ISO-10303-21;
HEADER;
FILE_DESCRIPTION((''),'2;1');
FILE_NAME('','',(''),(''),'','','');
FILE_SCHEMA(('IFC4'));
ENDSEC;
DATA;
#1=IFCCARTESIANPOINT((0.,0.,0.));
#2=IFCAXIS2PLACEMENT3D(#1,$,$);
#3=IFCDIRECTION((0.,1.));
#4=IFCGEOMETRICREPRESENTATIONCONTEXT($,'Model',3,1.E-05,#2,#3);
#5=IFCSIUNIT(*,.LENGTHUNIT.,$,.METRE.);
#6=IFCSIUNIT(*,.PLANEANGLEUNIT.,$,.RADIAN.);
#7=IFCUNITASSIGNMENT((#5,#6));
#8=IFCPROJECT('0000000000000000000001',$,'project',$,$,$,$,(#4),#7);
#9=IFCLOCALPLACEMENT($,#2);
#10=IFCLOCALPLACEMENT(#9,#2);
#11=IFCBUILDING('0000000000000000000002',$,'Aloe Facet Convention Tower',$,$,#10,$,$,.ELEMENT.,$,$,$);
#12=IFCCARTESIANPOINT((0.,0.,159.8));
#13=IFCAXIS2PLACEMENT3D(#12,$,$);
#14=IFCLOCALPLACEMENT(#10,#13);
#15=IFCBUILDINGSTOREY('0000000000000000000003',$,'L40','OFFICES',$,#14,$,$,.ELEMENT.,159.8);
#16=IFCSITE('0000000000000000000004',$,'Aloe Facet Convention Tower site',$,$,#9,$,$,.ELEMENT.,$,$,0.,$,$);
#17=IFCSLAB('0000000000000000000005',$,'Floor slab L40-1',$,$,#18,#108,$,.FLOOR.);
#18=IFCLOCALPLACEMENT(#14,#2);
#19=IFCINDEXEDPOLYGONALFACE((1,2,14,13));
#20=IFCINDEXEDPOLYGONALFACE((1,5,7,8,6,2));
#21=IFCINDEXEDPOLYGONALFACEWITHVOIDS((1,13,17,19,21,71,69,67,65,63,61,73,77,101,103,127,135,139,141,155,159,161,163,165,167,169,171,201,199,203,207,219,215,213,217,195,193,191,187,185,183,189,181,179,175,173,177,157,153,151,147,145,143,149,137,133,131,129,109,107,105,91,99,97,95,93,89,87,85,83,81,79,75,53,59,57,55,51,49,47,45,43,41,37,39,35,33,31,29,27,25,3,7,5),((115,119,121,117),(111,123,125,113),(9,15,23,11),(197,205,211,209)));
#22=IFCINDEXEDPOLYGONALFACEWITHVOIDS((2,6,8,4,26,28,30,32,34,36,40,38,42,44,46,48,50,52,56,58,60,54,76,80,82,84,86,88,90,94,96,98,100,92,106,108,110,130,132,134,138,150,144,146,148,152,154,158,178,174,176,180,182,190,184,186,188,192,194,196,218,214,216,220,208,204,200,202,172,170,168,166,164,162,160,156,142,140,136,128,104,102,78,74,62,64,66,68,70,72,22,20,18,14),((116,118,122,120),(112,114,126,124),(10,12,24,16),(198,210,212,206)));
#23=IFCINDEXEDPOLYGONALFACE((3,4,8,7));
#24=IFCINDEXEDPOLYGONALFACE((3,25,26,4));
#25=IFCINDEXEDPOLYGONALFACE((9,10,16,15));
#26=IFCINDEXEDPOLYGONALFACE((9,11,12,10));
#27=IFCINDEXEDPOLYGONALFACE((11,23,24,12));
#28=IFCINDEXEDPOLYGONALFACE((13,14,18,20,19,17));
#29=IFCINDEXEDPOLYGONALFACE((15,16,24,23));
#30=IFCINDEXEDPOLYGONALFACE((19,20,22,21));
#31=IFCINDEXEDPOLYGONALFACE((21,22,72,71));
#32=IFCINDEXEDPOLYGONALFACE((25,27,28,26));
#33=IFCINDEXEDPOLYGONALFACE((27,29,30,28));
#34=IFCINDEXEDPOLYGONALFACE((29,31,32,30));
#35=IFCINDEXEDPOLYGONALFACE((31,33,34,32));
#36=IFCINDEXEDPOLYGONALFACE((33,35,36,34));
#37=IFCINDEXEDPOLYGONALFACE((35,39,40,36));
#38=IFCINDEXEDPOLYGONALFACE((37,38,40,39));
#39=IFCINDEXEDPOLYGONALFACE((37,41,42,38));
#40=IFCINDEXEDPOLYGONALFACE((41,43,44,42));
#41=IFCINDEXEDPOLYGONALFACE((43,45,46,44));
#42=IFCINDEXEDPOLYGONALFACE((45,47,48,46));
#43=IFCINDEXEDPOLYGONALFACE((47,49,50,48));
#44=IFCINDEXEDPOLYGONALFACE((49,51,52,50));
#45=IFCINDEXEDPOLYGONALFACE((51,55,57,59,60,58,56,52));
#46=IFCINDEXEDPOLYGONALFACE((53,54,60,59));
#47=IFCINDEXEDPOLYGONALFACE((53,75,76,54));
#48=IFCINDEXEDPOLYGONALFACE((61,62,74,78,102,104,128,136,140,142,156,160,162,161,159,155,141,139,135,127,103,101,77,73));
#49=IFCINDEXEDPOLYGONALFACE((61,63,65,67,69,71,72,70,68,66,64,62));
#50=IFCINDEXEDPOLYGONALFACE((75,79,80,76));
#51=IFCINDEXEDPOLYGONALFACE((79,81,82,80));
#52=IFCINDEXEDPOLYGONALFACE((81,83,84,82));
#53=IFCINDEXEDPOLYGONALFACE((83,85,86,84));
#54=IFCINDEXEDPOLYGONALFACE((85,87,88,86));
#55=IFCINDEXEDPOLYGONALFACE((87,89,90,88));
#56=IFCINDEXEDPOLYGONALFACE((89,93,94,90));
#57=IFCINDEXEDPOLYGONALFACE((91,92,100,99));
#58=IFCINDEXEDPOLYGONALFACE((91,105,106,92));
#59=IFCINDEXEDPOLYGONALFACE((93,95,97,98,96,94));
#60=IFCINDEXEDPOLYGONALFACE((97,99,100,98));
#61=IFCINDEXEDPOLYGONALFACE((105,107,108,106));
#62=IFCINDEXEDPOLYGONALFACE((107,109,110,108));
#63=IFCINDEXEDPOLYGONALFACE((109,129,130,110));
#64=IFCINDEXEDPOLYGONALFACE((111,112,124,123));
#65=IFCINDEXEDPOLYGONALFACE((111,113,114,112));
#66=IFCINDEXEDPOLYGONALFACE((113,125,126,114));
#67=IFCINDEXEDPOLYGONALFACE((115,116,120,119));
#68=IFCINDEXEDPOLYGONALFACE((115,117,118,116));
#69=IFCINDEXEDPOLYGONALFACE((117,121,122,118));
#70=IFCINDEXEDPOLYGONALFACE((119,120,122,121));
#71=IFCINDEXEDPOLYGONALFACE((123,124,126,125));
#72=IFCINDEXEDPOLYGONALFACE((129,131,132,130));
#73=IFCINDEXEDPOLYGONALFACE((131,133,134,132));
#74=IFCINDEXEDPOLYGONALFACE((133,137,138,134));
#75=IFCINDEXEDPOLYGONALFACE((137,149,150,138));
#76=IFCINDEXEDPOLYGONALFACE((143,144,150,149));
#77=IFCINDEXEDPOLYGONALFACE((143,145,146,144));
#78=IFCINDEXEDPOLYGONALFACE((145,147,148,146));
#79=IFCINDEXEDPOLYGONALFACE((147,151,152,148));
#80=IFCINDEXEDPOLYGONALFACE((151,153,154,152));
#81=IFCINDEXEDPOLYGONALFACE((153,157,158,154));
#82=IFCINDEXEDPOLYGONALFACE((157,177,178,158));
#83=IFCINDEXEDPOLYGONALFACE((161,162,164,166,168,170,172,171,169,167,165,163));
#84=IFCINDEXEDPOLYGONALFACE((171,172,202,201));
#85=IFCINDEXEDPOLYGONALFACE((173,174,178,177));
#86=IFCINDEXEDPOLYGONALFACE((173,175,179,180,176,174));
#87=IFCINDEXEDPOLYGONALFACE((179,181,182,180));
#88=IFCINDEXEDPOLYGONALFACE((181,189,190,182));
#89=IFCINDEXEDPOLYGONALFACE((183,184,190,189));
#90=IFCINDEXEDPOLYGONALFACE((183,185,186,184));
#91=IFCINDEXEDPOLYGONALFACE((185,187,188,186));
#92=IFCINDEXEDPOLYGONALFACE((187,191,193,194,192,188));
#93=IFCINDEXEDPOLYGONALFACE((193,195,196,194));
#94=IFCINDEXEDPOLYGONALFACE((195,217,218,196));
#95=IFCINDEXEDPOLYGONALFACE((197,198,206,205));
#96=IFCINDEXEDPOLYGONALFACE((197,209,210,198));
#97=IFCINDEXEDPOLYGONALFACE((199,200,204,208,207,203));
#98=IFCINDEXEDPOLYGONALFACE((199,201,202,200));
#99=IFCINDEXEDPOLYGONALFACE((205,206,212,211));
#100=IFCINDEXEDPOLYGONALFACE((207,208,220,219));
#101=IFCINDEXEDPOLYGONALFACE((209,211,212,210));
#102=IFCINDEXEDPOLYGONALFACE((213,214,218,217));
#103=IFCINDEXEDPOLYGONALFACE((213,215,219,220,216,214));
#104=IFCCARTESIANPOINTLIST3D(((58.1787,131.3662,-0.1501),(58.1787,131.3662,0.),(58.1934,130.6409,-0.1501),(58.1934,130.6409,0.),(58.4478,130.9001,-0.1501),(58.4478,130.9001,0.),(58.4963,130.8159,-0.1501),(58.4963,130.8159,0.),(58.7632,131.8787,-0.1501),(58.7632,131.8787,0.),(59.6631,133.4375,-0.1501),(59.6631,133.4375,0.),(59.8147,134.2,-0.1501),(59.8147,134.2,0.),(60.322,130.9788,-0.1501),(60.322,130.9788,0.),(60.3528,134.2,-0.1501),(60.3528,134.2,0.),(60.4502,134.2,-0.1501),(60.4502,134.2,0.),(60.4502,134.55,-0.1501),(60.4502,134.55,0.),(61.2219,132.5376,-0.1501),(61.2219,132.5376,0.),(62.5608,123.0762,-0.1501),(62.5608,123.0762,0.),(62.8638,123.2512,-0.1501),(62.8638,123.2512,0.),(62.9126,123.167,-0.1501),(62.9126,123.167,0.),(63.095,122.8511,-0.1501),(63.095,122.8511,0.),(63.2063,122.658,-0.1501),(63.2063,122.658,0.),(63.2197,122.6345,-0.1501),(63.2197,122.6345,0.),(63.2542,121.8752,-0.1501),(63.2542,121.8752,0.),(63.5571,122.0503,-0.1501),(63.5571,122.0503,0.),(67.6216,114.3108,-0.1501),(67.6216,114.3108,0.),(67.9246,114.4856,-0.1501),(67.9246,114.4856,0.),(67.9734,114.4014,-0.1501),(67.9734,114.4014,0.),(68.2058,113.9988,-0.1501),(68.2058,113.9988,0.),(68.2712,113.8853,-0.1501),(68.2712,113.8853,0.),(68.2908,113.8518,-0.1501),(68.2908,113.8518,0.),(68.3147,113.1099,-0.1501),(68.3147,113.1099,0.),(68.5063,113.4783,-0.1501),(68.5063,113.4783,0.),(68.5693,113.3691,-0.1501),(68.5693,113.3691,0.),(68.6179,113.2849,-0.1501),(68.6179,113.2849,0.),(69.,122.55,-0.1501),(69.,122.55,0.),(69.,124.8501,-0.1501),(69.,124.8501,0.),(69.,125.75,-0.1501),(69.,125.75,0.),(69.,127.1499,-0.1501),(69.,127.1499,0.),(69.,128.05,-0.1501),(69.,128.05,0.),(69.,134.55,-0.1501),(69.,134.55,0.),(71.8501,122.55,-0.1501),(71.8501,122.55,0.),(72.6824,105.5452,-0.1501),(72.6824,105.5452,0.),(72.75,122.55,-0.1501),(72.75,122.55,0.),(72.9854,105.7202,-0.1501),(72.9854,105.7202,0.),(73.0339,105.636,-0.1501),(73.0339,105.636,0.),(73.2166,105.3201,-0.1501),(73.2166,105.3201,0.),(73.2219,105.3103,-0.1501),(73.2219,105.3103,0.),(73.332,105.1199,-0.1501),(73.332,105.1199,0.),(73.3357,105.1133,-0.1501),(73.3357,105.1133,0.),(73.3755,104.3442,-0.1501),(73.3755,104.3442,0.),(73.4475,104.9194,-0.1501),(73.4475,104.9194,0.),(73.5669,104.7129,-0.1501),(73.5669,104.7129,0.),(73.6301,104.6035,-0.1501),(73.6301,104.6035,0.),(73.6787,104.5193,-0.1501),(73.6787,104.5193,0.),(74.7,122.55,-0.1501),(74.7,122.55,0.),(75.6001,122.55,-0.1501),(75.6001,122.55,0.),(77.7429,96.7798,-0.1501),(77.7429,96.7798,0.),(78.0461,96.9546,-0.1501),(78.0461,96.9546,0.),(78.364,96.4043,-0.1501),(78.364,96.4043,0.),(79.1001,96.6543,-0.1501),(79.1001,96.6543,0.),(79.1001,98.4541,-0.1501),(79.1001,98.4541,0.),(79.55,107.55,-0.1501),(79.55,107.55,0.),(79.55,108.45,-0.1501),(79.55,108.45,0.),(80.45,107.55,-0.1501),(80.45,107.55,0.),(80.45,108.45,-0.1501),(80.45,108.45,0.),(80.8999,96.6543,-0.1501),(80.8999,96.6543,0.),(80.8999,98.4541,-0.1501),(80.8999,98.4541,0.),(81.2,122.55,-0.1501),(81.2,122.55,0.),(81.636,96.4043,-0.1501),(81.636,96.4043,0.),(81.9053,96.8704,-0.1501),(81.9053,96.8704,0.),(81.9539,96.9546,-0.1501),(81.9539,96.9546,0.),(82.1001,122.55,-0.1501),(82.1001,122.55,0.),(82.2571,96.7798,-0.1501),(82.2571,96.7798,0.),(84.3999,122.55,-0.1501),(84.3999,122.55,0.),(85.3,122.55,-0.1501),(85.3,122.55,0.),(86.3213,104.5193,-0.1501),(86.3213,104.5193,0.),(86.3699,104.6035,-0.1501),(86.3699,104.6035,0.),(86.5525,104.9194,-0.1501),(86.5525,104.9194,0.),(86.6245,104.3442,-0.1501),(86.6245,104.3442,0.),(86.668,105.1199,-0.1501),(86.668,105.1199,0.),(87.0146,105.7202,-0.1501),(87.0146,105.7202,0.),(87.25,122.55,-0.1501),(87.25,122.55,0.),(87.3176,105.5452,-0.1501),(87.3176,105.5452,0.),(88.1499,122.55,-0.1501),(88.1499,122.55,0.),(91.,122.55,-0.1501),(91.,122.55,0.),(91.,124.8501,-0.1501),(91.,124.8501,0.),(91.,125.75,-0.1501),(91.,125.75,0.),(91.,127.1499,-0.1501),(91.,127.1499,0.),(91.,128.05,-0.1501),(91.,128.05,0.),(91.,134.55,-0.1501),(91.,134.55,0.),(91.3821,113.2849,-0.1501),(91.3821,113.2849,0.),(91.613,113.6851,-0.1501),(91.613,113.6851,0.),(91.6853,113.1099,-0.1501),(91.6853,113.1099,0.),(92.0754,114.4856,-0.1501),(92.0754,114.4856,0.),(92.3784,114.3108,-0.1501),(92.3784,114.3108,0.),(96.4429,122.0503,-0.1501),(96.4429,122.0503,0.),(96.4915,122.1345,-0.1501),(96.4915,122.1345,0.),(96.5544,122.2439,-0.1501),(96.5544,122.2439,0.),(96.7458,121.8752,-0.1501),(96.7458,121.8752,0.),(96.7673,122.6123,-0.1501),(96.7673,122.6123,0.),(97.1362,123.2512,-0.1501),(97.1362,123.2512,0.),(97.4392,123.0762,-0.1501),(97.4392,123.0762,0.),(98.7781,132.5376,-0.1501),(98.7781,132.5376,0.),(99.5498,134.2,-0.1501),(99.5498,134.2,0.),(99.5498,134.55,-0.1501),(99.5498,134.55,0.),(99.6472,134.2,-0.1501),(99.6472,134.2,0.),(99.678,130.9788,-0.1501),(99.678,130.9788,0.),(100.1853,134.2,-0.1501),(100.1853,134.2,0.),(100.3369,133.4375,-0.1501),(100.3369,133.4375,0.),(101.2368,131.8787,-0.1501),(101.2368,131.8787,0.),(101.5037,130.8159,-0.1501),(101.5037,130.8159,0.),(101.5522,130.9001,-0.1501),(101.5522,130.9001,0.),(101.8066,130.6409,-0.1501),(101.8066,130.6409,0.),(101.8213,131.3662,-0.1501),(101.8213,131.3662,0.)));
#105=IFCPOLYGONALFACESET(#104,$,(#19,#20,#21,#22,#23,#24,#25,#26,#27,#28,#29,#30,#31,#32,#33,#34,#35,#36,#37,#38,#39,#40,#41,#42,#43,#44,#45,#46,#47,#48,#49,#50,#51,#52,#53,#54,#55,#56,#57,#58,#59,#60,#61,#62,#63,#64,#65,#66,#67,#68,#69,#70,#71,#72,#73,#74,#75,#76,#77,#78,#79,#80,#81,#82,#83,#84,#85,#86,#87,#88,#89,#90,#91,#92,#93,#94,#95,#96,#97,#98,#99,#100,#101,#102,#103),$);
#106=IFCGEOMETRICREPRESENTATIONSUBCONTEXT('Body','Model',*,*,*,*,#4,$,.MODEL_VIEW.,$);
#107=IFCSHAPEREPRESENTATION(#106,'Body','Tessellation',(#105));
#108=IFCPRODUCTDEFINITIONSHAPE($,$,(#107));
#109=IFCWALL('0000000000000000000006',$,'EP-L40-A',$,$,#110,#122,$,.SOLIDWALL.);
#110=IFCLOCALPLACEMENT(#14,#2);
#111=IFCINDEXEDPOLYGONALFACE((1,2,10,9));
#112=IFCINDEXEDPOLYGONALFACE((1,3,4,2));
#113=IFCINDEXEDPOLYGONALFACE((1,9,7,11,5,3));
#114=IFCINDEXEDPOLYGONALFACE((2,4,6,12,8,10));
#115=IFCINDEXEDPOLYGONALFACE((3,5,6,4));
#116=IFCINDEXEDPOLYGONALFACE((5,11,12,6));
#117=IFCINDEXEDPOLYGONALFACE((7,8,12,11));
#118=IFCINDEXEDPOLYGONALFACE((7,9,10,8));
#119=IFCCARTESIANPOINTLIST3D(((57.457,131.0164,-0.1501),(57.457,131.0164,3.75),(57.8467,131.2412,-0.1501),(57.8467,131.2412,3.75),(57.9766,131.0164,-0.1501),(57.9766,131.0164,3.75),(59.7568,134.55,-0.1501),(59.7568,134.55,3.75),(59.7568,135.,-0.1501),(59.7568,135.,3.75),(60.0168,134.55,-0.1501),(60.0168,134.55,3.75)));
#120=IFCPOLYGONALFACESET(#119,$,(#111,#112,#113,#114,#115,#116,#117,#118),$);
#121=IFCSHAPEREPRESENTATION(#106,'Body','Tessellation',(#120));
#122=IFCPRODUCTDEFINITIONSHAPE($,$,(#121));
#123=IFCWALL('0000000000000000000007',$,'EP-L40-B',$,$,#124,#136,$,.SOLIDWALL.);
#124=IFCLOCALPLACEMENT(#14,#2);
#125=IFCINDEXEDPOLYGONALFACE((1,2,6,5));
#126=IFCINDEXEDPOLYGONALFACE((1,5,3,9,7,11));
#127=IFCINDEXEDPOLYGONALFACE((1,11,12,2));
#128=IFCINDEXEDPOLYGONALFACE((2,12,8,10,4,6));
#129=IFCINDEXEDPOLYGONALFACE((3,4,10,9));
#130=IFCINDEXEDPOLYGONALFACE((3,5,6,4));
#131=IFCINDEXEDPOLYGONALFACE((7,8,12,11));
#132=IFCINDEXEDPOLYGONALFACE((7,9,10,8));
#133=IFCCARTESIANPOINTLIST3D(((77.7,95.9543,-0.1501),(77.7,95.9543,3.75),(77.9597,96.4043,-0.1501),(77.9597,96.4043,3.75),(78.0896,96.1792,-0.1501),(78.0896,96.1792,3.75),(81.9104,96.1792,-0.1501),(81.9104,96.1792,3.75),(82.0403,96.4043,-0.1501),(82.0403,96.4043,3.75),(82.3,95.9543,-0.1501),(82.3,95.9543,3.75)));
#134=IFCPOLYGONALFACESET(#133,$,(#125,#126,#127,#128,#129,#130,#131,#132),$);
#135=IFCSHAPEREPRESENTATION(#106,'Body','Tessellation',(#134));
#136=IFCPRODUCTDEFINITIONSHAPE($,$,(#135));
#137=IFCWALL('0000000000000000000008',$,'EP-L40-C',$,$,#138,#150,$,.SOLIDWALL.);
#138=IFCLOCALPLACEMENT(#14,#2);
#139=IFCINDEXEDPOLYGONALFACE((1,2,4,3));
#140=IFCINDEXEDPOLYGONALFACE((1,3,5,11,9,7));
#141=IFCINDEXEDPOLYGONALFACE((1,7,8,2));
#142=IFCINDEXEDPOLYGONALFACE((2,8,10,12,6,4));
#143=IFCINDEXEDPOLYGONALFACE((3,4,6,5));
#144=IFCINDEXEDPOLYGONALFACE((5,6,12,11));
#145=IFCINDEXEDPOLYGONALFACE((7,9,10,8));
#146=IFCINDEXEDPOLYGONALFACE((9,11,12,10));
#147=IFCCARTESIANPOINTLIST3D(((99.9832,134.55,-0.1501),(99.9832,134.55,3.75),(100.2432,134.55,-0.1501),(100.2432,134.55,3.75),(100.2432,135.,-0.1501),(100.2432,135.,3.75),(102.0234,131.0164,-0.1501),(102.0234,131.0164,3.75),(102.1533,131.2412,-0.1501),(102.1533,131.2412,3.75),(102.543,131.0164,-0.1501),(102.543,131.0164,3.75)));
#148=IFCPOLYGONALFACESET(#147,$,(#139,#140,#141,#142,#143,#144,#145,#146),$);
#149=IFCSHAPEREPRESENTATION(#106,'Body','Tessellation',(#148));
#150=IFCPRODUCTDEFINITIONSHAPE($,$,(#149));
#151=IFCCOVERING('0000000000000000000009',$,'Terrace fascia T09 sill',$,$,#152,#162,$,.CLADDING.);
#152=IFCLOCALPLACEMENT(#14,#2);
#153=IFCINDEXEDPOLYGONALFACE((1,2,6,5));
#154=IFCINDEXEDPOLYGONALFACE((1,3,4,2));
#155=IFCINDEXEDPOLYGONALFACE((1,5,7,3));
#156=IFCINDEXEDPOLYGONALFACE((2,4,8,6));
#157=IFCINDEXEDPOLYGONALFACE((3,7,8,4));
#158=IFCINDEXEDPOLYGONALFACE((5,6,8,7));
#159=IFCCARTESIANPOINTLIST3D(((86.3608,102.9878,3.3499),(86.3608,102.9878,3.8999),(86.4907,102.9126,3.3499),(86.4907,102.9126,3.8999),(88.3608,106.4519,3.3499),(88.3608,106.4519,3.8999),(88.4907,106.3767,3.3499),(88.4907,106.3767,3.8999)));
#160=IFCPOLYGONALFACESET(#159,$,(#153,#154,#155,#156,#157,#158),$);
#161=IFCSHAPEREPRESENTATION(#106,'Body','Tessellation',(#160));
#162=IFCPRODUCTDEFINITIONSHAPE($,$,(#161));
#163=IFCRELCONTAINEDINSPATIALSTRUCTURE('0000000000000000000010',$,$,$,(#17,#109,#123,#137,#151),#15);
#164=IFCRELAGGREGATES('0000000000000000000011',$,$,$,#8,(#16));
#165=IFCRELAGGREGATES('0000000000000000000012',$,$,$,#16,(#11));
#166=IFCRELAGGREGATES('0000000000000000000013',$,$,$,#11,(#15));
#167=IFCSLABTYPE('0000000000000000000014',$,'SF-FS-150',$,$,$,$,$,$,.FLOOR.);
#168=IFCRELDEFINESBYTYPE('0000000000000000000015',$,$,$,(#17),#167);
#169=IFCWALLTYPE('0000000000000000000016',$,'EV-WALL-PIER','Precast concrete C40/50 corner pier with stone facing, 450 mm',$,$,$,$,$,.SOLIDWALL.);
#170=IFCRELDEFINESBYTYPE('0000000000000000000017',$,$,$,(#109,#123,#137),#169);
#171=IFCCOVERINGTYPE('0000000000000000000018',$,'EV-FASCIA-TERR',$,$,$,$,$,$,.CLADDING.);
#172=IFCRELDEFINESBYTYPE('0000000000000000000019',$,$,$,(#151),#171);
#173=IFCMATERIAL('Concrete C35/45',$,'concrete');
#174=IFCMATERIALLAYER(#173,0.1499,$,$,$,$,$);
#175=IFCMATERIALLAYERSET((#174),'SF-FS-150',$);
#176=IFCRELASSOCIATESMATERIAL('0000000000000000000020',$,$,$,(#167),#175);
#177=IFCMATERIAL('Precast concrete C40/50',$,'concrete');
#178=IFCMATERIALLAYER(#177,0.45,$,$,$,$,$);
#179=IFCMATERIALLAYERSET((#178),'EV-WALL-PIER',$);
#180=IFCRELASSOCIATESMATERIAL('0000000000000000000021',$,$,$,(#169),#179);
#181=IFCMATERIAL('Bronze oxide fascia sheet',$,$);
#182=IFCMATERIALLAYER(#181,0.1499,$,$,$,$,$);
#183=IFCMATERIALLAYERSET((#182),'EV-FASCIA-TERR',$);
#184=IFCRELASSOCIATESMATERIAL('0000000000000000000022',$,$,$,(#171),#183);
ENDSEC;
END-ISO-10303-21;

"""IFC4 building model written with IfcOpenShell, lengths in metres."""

from ifc_helpers import new_model, si_unit, direction, frame, origin, place, context, subcontext, project, spatial, polyline, outline, extrude, material, layer, layer_set, type_object, element, save


model = new_model("IFC4")

# Units and contexts
model_context = context("Model", 3, precision=1e-05, world=origin(), true_north=direction((0.0, 1.0)))
body_context = subcontext(model_context, "Body", "Model", "MODEL_VIEW")
ifc_project = project(units=[si_unit("LENGTHUNIT", "METRE"), si_unit("PLANEANGLEUNIT", "RADIAN")], contexts=[model_context])

# Site, building, storey
site_placement = place(None, origin())
site = spatial("IfcSite", under=ifc_project, at=site_placement, Name="Aloe Facet Convention Tower site", CompositionType="ELEMENT", RefElevation=0.0)
building_placement = place(site_placement, origin())
building = spatial("IfcBuilding", under=site, at=building_placement, Name="Aloe Facet Convention Tower", CompositionType="ELEMENT")
storey_placement = place(building_placement, frame((0.0, 0.0, 159.8)))
storey = spatial("IfcBuildingStorey", under=building, at=storey_placement, Name="L40", Description="OFFICES", CompositionType="ELEMENT", Elevation=159.8)

# Slab
ifc_material_1 = material(Name="Concrete C35/45", Category="concrete")
ifc_layer_1 = layer(ifc_material_1, 0.1499)
ifc_layer_set_1 = layer_set([ifc_layer_1], Name="SF-FS-150")
slab_type_1 = type_object("IfcSlabType", Name="SF-FS-150", PredefinedType="FLOOR", material=ifc_layer_set_1)
slab_1_placement = place(storey_placement, frame((0.0, 0.0, -0.1501)))
element("IfcSlab", 1, at=slab_1_placement, inside=storey, type_object=slab_type_1, Name="Floor slab L40-1", PredefinedType="FLOOR", context=body_context, shape_type="SweptSolid", body=[
    extrude(outline(polyline([(101.8213, 131.3662), (101.5522, 130.9001), (101.5037, 130.8159), (101.8066, 130.6409), (97.4392, 123.0762), (97.1362, 123.2512), (96.7673, 122.6123), (96.5544, 122.2439), (96.4915, 122.1345), (96.4429, 122.0503), (96.7458, 121.8752), (92.3784, 114.3108), (92.0754, 114.4856), (91.613, 113.6851), (91.3821, 113.2849), (91.6853, 113.1099), (87.3176, 105.5452), (87.0146, 105.7202), (86.668, 105.1199), (86.5525, 104.9194), (86.3699, 104.6035), (86.3213, 104.5193), (86.6245, 104.3442), (82.2571, 96.7798), (81.9539, 96.9546), (81.9053, 96.8704), (81.636, 96.4043), (78.364, 96.4043), (78.0461, 96.9546), (77.7429, 96.7798), (73.3755, 104.3442), (73.6787, 104.5193), (73.6301, 104.6035), (73.5669, 104.7129), (73.4475, 104.9194), (73.3357, 105.1133), (73.332, 105.1199), (73.2219, 105.3103), (73.2166, 105.3201), (73.0339, 105.636), (72.9854, 105.7202), (72.6824, 105.5452), (68.3147, 113.1099), (68.6179, 113.2849), (68.5693, 113.3691), (68.5063, 113.4783), (68.2908, 113.8518), (68.2712, 113.8853), (68.2058, 113.9988), (67.9734, 114.4014), (67.9246, 114.4856), (67.6216, 114.3108), (63.2542, 121.8752), (63.5571, 122.0503), (63.2197, 122.6345), (63.2063, 122.658), (63.095, 122.8511), (62.9126, 123.167), (62.8638, 123.2512), (62.5608, 123.0762), (58.1934, 130.6409), (58.4963, 130.8159), (58.4478, 130.9001), (58.1787, 131.3662), (59.8147, 134.2), (60.3528, 134.2), (60.4502, 134.2), (60.4502, 134.55), (69.0, 134.55), (69.0, 128.05), (69.0, 127.1499), (69.0, 125.75), (69.0, 124.8501), (69.0, 122.55), (71.8501, 122.55), (72.75, 122.55), (74.7, 122.55), (75.6001, 122.55), (81.2, 122.55), (82.1001, 122.55), (84.3999, 122.55), (85.3, 122.55), (87.25, 122.55), (88.1499, 122.55), (91.0, 122.55), (91.0, 124.8501), (91.0, 125.75), (91.0, 127.1499), (91.0, 128.05), (91.0, 134.55), (99.5498, 134.55), (99.5498, 134.2), (99.6472, 134.2), (100.1853, 134.2), (101.8213, 131.3662)]), holes=[polyline([(61.2219, 132.5376), (59.6631, 133.4375), (58.7632, 131.8787), (60.322, 130.9788), (61.2219, 132.5376)]), polyline([(79.1001, 98.4541), (79.1001, 96.6543), (80.8999, 96.6543), (80.8999, 98.4541), (79.1001, 98.4541)]), polyline([(79.55, 107.55), (80.45, 107.55), (80.45, 108.45), (79.55, 108.45), (79.55, 107.55)]), polyline([(101.2368, 131.8787), (100.3369, 133.4375), (98.7781, 132.5376), (99.678, 130.9788), (101.2368, 131.8787)])]), origin(), (0.0, 0.0, 1.0), 0.1501),
])

# Walls
ifc_material_2 = material(Name="Precast concrete C40/50", Category="concrete")
ifc_layer_2 = layer(ifc_material_2, 0.45)
ifc_layer_set_2 = layer_set([ifc_layer_2], Name="EV-WALL-PIER")
wall_type = type_object("IfcWallType", Name="EV-WALL-PIER", Description="Precast concrete C40/50 corner pier with stone facing, 450 mm", PredefinedType="SOLIDWALL", material=ifc_layer_set_2)
wall_1_placement = place(storey_placement, frame((0.0, 0.0, -0.1501)))
element("IfcWall", 2, at=wall_1_placement, inside=storey, type_object=wall_type, Name="EP-L40-A", PredefinedType="SOLIDWALL", context=body_context, shape_type="SweptSolid", body=[
    extrude(outline(polyline([(59.7568, 135.0), (59.7568, 134.55), (60.0168, 134.55), (57.9766, 131.0164), (57.8467, 131.2412), (57.457, 131.0164), (59.7568, 135.0)])), origin(), (0.0, 0.0, 1.0), 3.9001),
])
wall_2_placement = place(storey_placement, frame((0.0, 0.0, -0.1501)))
element("IfcWall", 3, at=wall_2_placement, inside=storey, type_object=wall_type, Name="EP-L40-B", PredefinedType="SOLIDWALL", context=body_context, shape_type="SweptSolid", body=[
    extrude(outline(polyline([(77.7, 95.9543), (78.0896, 96.1792), (77.9597, 96.4043), (82.0403, 96.4043), (81.9104, 96.1792), (82.3, 95.9543), (77.7, 95.9543)])), origin(), (0.0, 0.0, 1.0), 3.9001),
])
wall_3_placement = place(storey_placement, frame((0.0, 0.0, -0.1501)))
element("IfcWall", 4, at=wall_3_placement, inside=storey, type_object=wall_type, Name="EP-L40-C", PredefinedType="SOLIDWALL", context=body_context, shape_type="SweptSolid", body=[
    extrude(outline(polyline([(102.543, 131.0164), (102.1533, 131.2412), (102.0234, 131.0164), (99.9832, 134.55), (100.2432, 134.55), (100.2432, 135.0), (102.543, 131.0164)])), origin(), (0.0, 0.0, 1.0), 3.9001),
])

# Covering
ifc_material_3 = material(Name="Bronze oxide fascia sheet")
ifc_layer_3 = layer(ifc_material_3, 0.1499)
ifc_layer_set_3 = layer_set([ifc_layer_3], Name="EV-FASCIA-TERR")
covering_type = type_object("IfcCoveringType", Name="EV-FASCIA-TERR", PredefinedType="CLADDING", material=ifc_layer_set_3)
covering_placement = place(storey_placement, frame((0.0, 0.0, 3.3499)))
element("IfcCovering", 5, at=covering_placement, inside=storey, type_object=covering_type, Name="Terrace fascia T09 sill", PredefinedType="CLADDING", context=body_context, shape_type="SweptSolid", body=[
    extrude(outline(polyline([(86.4907, 102.9126), (88.4907, 106.3767), (88.3608, 106.4519), (86.3608, 102.9878), (86.4907, 102.9126)])), origin(), (0.0, 0.0, 1.0), 0.55),
])

save(model, "model.ifc")
